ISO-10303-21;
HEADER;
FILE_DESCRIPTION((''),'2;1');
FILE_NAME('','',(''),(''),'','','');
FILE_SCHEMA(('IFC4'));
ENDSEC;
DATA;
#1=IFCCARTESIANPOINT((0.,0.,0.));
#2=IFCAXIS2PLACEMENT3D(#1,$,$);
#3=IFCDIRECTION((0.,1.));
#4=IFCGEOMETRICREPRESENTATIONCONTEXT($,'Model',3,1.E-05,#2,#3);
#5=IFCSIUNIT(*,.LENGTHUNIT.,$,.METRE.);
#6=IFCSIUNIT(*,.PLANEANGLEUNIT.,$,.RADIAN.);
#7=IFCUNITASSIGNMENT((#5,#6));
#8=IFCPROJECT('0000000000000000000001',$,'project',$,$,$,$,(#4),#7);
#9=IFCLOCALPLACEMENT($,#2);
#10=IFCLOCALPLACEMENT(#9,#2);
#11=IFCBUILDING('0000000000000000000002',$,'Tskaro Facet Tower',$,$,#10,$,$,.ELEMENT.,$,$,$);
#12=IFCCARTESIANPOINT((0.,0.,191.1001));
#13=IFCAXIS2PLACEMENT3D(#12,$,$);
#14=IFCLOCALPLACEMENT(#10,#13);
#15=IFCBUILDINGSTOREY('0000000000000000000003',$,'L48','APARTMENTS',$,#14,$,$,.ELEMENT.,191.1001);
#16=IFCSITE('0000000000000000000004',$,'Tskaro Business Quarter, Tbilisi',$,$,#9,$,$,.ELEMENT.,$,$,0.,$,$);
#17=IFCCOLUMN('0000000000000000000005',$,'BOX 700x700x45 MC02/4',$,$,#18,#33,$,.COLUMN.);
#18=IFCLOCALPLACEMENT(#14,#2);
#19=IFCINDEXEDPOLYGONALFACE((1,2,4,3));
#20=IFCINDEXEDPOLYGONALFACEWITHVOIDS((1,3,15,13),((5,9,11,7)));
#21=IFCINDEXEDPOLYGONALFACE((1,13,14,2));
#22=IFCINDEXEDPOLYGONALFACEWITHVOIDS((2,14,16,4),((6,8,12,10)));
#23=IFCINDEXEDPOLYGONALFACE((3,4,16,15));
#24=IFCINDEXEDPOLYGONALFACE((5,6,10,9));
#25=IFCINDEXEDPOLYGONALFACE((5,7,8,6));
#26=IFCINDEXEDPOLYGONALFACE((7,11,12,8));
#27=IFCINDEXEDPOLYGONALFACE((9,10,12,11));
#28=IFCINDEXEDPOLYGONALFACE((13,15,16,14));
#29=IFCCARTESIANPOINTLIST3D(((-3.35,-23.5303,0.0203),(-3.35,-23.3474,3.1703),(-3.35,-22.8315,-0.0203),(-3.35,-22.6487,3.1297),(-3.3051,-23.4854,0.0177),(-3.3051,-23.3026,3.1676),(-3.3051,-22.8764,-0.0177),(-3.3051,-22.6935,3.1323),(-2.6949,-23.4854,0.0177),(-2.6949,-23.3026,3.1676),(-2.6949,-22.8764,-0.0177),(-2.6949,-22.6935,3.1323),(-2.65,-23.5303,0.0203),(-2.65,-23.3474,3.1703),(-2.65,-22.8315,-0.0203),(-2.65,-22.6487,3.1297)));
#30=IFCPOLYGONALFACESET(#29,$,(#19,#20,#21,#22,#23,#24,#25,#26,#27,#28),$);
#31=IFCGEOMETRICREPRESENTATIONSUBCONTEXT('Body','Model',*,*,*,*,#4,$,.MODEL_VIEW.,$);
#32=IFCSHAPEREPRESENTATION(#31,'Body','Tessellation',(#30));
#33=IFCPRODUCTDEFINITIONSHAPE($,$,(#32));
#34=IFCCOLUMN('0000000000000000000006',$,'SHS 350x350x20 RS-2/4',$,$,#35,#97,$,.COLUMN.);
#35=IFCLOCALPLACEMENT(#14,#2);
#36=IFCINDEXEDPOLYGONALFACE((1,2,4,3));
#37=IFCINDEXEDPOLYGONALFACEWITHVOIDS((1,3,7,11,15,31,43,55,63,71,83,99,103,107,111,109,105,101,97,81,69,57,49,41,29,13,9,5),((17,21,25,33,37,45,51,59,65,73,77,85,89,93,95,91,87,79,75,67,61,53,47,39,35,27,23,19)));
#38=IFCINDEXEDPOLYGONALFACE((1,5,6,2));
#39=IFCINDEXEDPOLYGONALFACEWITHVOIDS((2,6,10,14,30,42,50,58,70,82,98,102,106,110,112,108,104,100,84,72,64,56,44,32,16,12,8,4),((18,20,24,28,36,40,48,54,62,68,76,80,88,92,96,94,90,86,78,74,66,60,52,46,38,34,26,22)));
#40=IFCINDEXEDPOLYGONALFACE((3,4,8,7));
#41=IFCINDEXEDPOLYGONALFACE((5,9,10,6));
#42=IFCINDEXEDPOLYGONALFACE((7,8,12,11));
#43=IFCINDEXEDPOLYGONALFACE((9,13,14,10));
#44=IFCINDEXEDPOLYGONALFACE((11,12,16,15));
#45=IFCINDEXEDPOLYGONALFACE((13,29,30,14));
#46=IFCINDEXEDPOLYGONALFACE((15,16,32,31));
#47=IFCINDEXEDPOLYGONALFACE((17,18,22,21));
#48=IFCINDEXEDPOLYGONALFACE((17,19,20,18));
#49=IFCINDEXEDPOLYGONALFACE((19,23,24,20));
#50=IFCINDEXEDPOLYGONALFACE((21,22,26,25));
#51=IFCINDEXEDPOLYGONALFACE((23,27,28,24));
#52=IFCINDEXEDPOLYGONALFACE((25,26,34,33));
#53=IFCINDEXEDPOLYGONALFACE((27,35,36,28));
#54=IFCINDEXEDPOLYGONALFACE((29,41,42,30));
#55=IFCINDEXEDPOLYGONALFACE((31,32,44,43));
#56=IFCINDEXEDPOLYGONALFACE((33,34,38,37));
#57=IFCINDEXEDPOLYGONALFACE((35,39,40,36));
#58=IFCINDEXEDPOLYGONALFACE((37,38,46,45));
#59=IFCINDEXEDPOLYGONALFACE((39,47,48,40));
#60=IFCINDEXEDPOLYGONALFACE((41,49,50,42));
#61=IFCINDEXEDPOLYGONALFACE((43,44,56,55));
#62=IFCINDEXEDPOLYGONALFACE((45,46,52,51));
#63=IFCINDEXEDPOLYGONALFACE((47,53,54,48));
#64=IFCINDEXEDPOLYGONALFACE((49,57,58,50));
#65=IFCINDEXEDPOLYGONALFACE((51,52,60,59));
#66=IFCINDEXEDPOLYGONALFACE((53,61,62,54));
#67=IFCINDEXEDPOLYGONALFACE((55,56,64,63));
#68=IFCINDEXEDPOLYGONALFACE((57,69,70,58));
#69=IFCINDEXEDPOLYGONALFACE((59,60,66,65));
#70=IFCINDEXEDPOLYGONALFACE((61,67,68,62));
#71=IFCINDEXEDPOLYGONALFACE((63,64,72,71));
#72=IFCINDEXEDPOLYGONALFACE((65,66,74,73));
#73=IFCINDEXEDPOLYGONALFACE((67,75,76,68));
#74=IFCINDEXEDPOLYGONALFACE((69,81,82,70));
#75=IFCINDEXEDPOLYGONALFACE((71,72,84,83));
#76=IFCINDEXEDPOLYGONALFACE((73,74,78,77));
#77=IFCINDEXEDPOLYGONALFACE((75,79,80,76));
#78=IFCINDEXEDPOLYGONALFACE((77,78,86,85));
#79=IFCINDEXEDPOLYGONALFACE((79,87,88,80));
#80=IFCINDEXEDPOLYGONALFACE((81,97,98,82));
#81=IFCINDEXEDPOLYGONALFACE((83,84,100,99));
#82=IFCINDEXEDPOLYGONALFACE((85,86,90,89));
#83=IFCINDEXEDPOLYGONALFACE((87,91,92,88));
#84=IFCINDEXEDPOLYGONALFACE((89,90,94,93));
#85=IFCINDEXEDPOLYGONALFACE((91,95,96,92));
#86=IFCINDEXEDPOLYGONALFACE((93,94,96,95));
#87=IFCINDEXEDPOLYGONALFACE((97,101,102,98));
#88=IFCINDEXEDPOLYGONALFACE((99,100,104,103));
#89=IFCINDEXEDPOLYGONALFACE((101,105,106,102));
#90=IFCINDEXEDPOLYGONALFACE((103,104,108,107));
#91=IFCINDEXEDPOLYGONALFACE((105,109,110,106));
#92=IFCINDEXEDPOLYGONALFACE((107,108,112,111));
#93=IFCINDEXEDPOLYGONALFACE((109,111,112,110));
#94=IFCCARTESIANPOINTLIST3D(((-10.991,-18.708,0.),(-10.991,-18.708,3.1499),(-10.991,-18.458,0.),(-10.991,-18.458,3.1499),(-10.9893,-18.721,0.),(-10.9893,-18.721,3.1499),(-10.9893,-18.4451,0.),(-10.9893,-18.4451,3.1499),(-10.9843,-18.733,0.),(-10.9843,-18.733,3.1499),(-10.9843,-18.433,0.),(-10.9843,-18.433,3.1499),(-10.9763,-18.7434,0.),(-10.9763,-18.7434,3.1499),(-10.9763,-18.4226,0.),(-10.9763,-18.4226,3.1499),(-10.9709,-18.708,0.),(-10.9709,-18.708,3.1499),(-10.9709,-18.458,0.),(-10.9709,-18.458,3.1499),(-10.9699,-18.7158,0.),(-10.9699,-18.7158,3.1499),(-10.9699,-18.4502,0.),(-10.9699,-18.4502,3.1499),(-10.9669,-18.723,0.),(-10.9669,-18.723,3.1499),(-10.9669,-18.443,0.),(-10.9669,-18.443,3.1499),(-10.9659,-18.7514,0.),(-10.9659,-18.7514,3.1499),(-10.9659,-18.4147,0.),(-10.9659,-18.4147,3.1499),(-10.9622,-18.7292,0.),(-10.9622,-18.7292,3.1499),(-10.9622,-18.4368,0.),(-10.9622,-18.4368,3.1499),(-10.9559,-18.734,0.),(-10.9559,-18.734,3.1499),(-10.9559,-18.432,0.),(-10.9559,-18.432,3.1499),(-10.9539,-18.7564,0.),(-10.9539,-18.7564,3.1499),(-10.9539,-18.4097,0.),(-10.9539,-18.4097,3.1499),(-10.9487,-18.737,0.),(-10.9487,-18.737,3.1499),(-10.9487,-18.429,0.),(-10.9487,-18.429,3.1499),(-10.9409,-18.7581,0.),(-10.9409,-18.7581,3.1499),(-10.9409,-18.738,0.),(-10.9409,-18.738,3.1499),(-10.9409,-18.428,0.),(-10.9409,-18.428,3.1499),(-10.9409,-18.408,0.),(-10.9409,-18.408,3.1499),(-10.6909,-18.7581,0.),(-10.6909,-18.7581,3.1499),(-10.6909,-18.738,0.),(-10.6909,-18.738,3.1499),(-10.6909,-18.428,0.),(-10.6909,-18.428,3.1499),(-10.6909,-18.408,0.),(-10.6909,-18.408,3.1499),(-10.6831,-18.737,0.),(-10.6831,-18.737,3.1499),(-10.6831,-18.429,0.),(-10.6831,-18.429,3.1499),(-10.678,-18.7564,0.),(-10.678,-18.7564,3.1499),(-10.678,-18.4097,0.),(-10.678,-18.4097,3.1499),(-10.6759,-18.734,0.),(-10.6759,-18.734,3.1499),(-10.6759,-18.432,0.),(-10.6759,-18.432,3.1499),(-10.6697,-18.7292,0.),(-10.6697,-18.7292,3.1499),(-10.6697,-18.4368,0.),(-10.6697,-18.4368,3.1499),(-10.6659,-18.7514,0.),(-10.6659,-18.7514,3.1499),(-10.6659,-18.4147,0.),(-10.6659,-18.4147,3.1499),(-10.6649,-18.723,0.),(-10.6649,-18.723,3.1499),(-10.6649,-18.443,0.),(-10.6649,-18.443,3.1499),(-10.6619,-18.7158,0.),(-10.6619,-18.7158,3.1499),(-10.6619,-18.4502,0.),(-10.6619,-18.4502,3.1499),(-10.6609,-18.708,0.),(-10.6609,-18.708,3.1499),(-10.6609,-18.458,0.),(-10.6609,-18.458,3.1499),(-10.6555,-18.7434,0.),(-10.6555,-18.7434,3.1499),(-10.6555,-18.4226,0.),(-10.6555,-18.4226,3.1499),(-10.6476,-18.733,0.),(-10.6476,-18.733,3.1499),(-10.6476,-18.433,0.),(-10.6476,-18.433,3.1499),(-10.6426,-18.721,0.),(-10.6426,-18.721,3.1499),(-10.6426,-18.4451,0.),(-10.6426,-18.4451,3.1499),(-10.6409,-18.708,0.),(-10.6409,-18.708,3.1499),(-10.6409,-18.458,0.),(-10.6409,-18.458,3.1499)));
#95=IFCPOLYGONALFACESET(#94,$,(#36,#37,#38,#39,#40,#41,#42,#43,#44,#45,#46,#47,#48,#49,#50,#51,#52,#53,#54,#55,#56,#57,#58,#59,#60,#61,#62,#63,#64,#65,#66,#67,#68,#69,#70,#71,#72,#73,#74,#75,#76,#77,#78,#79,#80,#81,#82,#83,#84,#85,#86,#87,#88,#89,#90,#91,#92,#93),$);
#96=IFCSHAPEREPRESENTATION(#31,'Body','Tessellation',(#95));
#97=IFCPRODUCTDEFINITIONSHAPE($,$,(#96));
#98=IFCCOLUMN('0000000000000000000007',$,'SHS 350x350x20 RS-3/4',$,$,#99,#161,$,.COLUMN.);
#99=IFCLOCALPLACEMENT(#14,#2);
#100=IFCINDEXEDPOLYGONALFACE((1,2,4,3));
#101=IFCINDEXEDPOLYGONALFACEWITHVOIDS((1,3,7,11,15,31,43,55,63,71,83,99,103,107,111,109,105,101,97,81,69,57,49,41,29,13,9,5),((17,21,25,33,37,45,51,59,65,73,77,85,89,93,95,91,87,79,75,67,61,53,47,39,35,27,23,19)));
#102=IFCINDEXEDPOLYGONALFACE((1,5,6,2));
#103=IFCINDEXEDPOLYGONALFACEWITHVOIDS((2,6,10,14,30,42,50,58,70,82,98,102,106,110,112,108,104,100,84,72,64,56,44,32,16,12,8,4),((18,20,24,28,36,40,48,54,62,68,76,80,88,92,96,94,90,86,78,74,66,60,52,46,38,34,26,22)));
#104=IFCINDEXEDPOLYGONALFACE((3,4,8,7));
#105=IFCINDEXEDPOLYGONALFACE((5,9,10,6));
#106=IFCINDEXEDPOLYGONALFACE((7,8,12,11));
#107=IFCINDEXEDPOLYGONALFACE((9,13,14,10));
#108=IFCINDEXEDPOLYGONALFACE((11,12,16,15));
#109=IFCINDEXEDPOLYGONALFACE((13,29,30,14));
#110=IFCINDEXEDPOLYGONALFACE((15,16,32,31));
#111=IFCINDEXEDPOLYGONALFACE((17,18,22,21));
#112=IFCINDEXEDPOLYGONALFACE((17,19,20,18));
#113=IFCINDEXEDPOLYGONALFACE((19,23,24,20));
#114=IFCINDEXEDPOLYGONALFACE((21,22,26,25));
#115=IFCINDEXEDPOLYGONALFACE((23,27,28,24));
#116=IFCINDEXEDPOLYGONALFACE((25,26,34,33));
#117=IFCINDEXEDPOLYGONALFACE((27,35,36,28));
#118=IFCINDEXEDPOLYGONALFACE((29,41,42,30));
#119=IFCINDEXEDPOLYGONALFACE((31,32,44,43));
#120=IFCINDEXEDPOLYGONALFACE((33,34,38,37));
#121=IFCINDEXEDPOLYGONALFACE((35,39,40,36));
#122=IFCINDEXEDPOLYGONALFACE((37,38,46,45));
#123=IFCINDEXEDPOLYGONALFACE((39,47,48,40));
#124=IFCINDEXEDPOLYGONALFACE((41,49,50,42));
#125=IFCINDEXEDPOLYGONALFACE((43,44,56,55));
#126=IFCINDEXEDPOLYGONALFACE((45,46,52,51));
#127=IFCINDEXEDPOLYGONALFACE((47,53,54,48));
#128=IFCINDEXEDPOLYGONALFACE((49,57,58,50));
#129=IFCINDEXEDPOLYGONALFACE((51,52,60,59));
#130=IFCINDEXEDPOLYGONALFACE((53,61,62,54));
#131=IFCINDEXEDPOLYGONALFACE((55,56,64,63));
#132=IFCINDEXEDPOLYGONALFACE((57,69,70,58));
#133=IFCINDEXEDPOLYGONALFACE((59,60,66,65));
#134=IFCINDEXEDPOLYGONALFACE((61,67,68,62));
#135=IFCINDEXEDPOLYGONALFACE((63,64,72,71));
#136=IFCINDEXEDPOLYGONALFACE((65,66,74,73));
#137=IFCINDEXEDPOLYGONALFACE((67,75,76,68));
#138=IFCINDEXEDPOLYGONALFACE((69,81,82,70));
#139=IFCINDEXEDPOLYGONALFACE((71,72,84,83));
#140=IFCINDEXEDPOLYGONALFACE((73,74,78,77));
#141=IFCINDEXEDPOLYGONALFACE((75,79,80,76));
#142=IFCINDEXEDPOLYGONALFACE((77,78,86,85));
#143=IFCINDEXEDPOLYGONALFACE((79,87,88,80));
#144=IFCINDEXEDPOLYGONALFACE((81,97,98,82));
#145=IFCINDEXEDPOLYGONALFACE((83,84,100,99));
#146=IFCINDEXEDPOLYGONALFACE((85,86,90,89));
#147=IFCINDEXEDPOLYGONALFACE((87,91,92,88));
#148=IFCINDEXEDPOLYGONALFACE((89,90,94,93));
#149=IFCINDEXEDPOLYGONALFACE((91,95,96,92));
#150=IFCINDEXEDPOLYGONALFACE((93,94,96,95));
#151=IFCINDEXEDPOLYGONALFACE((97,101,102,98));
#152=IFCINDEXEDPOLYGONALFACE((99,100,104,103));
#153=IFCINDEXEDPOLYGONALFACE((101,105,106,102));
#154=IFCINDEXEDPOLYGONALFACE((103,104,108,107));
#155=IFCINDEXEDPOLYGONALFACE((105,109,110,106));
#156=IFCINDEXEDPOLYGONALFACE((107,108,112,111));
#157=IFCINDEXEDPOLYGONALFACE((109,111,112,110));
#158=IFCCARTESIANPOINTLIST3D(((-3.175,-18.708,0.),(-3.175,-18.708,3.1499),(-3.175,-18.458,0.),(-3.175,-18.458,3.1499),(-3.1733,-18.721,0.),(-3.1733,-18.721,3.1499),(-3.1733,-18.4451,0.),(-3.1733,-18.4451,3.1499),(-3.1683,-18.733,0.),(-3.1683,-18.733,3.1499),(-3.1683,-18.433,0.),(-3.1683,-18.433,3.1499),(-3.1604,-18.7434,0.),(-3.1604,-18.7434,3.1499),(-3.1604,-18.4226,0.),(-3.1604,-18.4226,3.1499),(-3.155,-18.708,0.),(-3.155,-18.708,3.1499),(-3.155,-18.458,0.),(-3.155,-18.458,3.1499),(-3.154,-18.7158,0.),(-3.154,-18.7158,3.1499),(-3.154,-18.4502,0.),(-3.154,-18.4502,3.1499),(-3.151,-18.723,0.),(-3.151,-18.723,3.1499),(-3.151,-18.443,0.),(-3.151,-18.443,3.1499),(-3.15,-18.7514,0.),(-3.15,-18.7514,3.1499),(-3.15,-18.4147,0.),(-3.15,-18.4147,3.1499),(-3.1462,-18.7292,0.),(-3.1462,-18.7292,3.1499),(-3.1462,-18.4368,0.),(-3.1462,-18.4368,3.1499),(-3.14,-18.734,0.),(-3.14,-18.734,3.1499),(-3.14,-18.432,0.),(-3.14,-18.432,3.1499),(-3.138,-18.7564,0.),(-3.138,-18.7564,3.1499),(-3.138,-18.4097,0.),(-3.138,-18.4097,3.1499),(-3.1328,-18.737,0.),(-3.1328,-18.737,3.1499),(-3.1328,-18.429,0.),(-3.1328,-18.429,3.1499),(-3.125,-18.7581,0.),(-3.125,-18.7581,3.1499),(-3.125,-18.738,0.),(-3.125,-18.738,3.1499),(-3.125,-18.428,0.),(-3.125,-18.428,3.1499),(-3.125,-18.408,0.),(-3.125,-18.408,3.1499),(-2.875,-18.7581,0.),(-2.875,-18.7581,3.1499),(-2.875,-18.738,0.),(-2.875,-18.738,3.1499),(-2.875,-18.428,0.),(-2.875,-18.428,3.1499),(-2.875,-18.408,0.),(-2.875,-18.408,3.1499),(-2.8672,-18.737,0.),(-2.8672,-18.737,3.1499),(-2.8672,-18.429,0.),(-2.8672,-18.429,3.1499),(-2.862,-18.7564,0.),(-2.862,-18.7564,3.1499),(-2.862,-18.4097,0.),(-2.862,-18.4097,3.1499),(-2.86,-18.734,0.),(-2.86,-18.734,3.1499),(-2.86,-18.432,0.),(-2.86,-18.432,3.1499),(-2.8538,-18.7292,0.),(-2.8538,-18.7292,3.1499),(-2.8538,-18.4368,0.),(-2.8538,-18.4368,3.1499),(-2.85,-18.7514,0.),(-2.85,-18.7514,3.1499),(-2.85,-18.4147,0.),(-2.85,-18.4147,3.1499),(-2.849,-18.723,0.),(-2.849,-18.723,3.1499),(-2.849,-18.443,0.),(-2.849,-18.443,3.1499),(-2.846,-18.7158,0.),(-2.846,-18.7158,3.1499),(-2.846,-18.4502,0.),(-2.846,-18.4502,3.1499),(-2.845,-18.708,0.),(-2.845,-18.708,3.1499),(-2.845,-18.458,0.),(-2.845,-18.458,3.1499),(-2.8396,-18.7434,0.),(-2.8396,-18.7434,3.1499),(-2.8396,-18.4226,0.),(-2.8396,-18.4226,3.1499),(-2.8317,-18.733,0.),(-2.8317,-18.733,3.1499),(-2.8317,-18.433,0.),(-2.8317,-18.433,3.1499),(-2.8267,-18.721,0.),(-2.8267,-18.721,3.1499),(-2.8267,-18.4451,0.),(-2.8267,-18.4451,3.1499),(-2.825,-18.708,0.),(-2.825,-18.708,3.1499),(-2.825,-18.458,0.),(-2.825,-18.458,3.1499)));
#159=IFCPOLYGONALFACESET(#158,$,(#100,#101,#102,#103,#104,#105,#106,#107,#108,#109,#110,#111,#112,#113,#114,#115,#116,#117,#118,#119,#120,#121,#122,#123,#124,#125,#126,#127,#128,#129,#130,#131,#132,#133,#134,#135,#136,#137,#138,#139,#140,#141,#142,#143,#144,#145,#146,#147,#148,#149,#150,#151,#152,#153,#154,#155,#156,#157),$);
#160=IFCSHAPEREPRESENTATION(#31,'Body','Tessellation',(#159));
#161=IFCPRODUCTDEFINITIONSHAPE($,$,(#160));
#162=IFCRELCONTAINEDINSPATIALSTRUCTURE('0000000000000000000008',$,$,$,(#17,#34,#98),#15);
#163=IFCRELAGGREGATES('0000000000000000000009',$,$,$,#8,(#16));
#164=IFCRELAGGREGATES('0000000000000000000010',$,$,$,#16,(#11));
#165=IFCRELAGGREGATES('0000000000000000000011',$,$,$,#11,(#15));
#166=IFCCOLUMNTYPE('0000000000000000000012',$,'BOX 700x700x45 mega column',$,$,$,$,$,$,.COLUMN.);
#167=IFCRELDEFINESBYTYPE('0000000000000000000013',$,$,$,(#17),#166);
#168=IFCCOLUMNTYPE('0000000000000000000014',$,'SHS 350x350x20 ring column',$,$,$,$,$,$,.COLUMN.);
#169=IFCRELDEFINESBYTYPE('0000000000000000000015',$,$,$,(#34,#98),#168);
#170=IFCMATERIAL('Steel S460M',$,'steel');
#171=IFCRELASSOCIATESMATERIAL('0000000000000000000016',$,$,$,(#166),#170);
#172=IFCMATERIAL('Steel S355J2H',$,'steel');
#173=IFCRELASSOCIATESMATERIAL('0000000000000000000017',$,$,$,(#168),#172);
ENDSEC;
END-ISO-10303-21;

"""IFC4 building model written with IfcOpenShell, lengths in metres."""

from ifc_helpers import new_model, si_unit, direction, frame, origin, origin_2d, place, context, subcontext, project, spatial, hollow_rectangle, extrude, material, material_profile, profile_set, type_object, element, save


model = new_model("IFC4")

# Units and contexts
model_context = context("Model", 3, precision=1e-05, world=origin(), true_north=direction((0.0, 1.0)))
body_context = subcontext(model_context, "Body", "Model", "MODEL_VIEW")
ifc_project = project(units=[si_unit("LENGTHUNIT", "METRE"), si_unit("PLANEANGLEUNIT", "RADIAN")], contexts=[model_context])

# Site, building, storey
site_placement = place(None, origin())
site = spatial("IfcSite", under=ifc_project, at=site_placement, Name="Tskaro Business Quarter, Tbilisi", CompositionType="ELEMENT", RefElevation=0.0)
building_placement = place(site_placement, origin())
building = spatial("IfcBuilding", under=site, at=building_placement, Name="Tskaro Facet Tower", CompositionType="ELEMENT")
storey_placement = place(building_placement, frame((0.0, 0.0, 191.1001)))
storey = spatial("IfcBuildingStorey", under=building, at=storey_placement, Name="L48", Description="APARTMENTS", CompositionType="ELEMENT", Elevation=191.1001)

# Columns
ifc_material_1 = material(Name="Steel S460M", Category="steel")
ifc_material_profile_1 = material_profile(ifc_material_1, hollow_rectangle(XDim=0.7, YDim=0.7, WallThickness=0.0449, at=origin_2d()), Name="BOX 700x700x45")
ifc_profile_set_1 = profile_set([ifc_material_profile_1], Name="Steel S460M")
column_type_1 = type_object("IfcColumnType", Name="BOX 700x700x45 mega column", PredefinedType="COLUMN", material=ifc_profile_set_1)
column_placement = place(storey_placement, frame((-3.0, -23.1809, 0.0), z_axis=(0.0, 0.057955, 0.998319), x_axis=(-1.0, 0.0, 0.0)))
element("IfcColumn", 1, at=column_placement, inside=storey, type_object=column_type_1, Name="BOX 700x700x45 MC02/4", PredefinedType="COLUMN", context=body_context, shape_type="SweptSolid", body=[
    extrude(hollow_rectangle(XDim=0.7, YDim=0.7, WallThickness=0.0449, at=origin_2d()), origin(), (0.0, 0.0, 1.0), 3.1553),
])
ifc_material_2 = material(Name="Steel S355J2H", Category="steel")
ifc_material_profile_2 = material_profile(ifc_material_2, hollow_rectangle(XDim=0.3501, YDim=0.3501, WallThickness=0.02, InnerFilletRadius=0.03, OuterFilletRadius=0.05, at=origin_2d()), Name="SHS 350x350x20")
ifc_profile_set_2 = profile_set([ifc_material_profile_2], Name="Steel S355J2H")
column_type_2 = type_object("IfcColumnType", Name="SHS 350x350x20 ring column", PredefinedType="COLUMN", material=ifc_profile_set_2)
for number, where, z_axis, x_axis, name in (
    (2, (-10.8159, -18.583, 0.0), (0.0, 0.0, 1.0), (1.0, 0.0, 0.0), "SHS 350x350x20 RS-2/4"),
    (3, (-3.0, -18.583, 0.0), (0.0, 0.0, 1.0), (1.0, 0.0, 0.0), "SHS 350x350x20 RS-3/4"),
):
    element("IfcColumn", number, at=place(storey_placement, frame(where, z_axis=z_axis, x_axis=x_axis)), inside=storey, type_object=column_type_2, Name=name, PredefinedType="COLUMN", context=body_context, shape_type="SweptSolid", body=[
        extrude(hollow_rectangle(XDim=0.3501, YDim=0.3501, WallThickness=0.02, InnerFilletRadius=0.03, OuterFilletRadius=0.05, at=origin_2d()), origin(), (0.0, 0.0, 1.0), 3.1499),
    ])

save(model, "model.ifc")
